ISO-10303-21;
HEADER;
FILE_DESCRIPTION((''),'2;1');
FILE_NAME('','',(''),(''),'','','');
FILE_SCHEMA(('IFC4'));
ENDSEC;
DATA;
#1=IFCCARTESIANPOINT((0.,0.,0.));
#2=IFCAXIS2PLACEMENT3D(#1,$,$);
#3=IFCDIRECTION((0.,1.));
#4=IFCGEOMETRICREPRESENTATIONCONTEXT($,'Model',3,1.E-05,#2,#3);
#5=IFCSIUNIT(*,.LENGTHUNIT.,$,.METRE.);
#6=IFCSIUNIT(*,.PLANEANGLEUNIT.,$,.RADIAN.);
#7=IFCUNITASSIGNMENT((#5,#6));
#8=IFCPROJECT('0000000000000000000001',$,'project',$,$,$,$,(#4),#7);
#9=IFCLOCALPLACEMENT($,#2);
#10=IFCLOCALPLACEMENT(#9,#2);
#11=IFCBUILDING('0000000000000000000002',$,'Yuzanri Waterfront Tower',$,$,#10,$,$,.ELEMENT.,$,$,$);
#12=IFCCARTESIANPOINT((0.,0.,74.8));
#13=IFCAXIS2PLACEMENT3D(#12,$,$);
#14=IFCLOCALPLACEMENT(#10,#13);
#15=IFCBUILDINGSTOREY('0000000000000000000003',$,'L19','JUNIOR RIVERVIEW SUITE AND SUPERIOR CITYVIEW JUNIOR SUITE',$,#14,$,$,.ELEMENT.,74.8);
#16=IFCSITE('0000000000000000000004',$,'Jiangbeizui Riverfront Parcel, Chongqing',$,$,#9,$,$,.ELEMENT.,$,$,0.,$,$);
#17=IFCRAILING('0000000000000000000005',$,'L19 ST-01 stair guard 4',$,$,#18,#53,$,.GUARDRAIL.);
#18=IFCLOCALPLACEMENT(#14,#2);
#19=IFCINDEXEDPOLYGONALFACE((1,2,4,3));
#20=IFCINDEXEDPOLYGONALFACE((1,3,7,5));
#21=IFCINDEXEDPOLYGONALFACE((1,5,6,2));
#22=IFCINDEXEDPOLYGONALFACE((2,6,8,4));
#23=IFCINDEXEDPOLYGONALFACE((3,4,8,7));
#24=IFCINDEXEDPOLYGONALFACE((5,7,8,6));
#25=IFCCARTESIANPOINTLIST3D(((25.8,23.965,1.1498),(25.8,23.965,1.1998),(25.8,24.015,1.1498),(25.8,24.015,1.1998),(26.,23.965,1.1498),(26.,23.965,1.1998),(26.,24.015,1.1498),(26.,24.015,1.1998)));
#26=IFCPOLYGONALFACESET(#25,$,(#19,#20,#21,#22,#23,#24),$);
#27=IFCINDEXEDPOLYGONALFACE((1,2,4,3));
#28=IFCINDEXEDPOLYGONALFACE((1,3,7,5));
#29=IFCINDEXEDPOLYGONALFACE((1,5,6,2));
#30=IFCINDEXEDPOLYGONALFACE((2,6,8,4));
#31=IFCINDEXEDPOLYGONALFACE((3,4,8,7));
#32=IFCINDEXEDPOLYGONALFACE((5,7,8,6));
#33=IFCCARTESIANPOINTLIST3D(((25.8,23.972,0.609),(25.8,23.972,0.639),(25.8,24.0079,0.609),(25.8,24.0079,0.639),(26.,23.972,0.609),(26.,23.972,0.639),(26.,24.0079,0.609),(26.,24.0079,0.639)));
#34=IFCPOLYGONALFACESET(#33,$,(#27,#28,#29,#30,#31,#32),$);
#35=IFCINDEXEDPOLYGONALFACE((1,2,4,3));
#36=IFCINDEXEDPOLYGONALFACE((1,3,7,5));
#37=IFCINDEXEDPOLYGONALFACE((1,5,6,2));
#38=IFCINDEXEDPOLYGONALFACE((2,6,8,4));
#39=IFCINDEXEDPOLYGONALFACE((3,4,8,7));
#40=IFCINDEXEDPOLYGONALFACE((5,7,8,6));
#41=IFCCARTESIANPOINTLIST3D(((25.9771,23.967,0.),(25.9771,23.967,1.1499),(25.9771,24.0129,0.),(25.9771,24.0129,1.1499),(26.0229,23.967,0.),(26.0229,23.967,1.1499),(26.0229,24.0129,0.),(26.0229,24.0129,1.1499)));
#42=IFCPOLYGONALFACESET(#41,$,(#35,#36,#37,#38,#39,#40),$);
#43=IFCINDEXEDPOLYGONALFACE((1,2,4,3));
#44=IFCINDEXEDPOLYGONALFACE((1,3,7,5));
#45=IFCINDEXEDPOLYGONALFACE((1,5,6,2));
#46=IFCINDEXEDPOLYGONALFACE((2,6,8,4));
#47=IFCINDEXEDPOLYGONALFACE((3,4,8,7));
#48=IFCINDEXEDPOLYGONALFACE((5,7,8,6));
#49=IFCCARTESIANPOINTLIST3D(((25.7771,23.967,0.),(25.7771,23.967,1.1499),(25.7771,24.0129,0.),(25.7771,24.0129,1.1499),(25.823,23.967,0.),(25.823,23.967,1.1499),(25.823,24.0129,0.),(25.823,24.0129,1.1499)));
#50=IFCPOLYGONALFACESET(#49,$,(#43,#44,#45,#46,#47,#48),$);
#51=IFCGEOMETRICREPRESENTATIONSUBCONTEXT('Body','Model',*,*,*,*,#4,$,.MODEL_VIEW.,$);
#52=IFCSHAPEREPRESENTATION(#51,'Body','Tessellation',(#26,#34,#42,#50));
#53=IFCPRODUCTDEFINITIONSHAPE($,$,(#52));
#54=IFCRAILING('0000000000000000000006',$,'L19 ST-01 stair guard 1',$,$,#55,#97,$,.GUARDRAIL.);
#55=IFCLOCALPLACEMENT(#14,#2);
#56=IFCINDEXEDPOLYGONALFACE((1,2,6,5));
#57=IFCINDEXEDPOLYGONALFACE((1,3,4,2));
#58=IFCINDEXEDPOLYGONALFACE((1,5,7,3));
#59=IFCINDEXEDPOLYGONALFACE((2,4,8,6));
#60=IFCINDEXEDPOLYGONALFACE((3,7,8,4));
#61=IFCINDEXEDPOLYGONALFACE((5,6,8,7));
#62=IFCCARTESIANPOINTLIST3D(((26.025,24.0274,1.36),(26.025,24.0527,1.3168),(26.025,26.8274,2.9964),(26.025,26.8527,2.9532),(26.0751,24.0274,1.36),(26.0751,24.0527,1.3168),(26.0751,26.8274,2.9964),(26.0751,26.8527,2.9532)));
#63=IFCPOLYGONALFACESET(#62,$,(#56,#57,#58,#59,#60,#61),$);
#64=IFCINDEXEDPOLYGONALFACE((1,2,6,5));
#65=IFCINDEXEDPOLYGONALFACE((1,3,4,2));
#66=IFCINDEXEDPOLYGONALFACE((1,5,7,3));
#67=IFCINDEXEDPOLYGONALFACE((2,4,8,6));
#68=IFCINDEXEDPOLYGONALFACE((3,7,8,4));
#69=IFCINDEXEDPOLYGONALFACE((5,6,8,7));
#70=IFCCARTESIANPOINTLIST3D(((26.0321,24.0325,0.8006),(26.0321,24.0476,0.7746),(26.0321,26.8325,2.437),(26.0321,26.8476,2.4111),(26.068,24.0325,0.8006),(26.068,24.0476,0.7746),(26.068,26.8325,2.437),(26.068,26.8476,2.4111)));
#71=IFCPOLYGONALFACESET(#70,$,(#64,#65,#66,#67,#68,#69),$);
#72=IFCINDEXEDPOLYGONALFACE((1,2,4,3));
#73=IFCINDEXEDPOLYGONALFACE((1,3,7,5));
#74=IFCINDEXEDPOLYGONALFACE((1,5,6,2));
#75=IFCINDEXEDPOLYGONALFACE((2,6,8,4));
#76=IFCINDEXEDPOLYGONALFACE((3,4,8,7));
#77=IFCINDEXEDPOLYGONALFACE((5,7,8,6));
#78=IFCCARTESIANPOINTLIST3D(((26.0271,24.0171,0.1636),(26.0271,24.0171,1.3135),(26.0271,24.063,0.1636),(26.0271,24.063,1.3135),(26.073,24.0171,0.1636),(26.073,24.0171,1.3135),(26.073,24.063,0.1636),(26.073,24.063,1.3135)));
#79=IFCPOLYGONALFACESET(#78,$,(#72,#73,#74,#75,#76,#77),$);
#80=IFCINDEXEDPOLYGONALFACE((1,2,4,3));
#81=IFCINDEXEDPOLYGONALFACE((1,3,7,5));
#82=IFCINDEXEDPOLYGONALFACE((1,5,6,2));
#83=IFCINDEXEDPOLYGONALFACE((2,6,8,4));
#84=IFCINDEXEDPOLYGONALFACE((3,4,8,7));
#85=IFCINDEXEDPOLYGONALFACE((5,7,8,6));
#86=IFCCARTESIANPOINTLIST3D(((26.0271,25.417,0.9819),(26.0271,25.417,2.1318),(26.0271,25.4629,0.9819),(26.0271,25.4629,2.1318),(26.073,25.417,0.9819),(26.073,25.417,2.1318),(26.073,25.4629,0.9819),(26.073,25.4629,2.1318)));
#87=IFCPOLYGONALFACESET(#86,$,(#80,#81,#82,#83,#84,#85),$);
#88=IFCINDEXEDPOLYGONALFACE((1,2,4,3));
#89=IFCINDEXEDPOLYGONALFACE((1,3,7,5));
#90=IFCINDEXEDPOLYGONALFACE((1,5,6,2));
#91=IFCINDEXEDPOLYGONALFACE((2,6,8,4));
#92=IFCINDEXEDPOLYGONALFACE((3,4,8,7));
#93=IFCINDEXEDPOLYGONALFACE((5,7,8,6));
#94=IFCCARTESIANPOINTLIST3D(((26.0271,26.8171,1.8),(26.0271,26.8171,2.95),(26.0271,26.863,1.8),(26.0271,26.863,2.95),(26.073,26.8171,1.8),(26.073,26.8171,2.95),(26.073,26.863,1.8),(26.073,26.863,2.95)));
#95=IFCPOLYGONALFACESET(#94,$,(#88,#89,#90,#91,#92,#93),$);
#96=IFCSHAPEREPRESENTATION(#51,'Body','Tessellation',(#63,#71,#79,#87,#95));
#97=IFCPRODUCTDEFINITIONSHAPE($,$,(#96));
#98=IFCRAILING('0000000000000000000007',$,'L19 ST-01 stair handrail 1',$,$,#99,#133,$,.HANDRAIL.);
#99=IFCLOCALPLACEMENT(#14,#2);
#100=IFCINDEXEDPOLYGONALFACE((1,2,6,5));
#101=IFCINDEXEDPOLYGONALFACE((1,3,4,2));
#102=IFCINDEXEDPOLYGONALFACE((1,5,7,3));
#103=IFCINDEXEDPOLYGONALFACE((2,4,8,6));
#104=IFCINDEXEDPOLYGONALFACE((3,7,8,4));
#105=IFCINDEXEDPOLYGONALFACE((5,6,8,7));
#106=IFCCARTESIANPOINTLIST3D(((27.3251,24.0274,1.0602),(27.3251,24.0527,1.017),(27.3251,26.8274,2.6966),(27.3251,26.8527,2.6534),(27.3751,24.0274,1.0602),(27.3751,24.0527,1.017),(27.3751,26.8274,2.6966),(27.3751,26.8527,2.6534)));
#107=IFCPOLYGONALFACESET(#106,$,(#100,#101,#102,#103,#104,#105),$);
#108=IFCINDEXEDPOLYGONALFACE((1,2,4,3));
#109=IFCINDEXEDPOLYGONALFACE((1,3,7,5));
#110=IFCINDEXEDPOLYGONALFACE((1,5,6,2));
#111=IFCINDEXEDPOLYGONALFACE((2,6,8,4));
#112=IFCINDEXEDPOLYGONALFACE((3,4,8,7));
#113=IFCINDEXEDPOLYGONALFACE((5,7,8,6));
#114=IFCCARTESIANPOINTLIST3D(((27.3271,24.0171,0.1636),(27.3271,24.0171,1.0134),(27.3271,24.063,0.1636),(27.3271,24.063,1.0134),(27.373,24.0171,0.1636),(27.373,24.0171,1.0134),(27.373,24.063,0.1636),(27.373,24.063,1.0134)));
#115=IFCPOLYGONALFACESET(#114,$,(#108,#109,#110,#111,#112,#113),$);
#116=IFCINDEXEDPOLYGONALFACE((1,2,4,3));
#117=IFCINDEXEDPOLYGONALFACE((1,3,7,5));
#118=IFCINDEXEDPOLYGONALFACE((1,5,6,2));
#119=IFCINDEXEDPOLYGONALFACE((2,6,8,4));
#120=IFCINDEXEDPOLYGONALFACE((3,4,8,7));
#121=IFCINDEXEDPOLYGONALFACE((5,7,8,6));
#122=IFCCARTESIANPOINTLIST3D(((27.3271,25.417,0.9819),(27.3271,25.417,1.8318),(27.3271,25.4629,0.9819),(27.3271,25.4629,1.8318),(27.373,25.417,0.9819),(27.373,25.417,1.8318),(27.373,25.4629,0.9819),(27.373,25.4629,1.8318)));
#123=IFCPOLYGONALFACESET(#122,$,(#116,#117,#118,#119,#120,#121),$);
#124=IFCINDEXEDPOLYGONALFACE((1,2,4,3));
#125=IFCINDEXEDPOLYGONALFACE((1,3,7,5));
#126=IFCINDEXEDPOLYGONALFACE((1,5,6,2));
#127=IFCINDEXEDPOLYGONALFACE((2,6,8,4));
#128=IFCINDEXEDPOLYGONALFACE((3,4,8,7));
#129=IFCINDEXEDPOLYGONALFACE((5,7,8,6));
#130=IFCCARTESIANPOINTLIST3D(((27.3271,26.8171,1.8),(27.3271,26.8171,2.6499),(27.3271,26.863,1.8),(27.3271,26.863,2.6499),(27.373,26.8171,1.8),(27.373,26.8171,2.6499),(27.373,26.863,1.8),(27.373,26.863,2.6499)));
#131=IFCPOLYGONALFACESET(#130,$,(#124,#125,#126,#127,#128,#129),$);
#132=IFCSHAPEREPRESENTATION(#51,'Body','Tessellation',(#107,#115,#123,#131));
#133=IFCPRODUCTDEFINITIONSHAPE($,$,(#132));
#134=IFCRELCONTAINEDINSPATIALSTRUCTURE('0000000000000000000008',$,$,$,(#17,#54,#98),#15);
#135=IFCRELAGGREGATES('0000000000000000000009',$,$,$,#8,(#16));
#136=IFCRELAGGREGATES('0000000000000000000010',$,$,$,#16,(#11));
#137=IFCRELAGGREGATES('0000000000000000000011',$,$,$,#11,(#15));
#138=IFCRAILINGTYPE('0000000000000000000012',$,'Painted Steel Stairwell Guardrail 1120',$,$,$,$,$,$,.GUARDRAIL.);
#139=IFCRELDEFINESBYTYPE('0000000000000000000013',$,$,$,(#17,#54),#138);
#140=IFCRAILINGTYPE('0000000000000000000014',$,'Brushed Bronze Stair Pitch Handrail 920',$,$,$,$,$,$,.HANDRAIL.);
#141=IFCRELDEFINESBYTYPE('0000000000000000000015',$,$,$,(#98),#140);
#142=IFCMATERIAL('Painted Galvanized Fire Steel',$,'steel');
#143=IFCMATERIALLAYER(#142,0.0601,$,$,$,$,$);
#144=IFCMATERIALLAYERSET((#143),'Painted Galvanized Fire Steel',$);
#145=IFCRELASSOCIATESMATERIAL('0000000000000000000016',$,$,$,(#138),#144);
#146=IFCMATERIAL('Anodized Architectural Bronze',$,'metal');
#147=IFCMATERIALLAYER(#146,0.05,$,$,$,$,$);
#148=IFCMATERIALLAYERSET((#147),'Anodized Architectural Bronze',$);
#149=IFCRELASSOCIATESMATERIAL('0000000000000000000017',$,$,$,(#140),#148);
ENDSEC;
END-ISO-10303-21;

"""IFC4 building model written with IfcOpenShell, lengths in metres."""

from ifc_helpers import new_model, si_unit, direction, frame, origin, origin_2d, place, context, subcontext, project, spatial, rectangle, extrude, source, transform, mapped, material, layer, layer_set, type_object, element, save


model = new_model("IFC4")

# Units and contexts
model_context = context("Model", 3, precision=1e-05, world=origin(), true_north=direction((0.0, 1.0)))
body_context = subcontext(model_context, "Body", "Model", "MODEL_VIEW")
ifc_project = project(units=[si_unit("LENGTHUNIT", "METRE"), si_unit("PLANEANGLEUNIT", "RADIAN")], contexts=[model_context])

# Site, building, storey
site_placement = place(None, origin())
site = spatial("IfcSite", under=ifc_project, at=site_placement, Name="Jiangbeizui Riverfront Parcel, Chongqing", CompositionType="ELEMENT", RefElevation=0.0)
building_placement = place(site_placement, origin())
building = spatial("IfcBuilding", under=site, at=building_placement, Name="Yuzanri Waterfront Tower", CompositionType="ELEMENT")
storey_placement = place(building_placement, frame((0.0, 0.0, 74.8)))
storey = spatial("IfcBuildingStorey", under=building, at=storey_placement, Name="L19", Description="JUNIOR RIVERVIEW SUITE AND SUPERIOR CITYVIEW JUNIOR SUITE", CompositionType="ELEMENT", Elevation=74.8)

# Railings
ifc_material_1 = material(Name="Painted Galvanized Fire Steel", Category="steel")
ifc_layer_1 = layer(ifc_material_1, 0.0601)
ifc_layer_set_1 = layer_set([ifc_layer_1], Name="Painted Galvanized Fire Steel")
railing_type_1 = type_object("IfcRailingType", Name="Painted Steel Stairwell Guardrail 1120", PredefinedType="GUARDRAIL", material=ifc_layer_set_1)
shared_shape_1 = source(origin(), body_context, "Body", "SweptSolid", [
    extrude(rectangle(XDim=0.05, YDim=0.05, at=origin_2d()), frame((0.0, 0.0, 1.1748), z_axis=(-1.0, 0.0, 0.0), x_axis=(0.0, -1.0, 0.0)), (0.0, 0.0, 1.0), 0.2),
    extrude(rectangle(XDim=0.0359, YDim=0.03, at=origin_2d()), frame((0.0, 0.0, 0.624), z_axis=(-1.0, 0.0, 0.0), x_axis=(0.0, -1.0, 0.0)), (0.0, 0.0, 1.0), 0.2),
    extrude(rectangle(XDim=0.0459, YDim=0.0459, at=origin_2d()), origin(), (0.0, 0.0, 1.0), 1.1499),
    extrude(rectangle(XDim=0.0459, YDim=0.0459, at=origin_2d()), frame((-0.2, 0.0, 0.0)), (0.0, 0.0, 1.0), 1.1499),
])
railing_1_placement = place(storey_placement, frame((26.0, 23.99, 0.0)))
element("IfcRailing", 1, at=railing_1_placement, inside=storey, type_object=railing_type_1, Name="L19 ST-01 stair guard 4", PredefinedType="GUARDRAIL", context=body_context, shape_type="MappedRepresentation", body=[
    mapped(shared_shape_1, transform((0.0, 0.0, 0.0), scale=1.0)),
])
shared_shape_2 = source(origin(), body_context, "Body", "SweptSolid", [
    extrude(rectangle(XDim=0.05, YDim=0.05, at=origin_2d()), frame((0.0, 0.0, 1.1748), z_axis=(0.0, 0.863361, 0.504587), x_axis=(-1.0, 0.0, 0.0)), (0.0, 0.0, 1.0), 3.2432),
    extrude(rectangle(XDim=0.0359, YDim=0.03, at=origin_2d()), frame((0.0, 0.0, 0.624), z_axis=(0.0, 0.863361, 0.504587), x_axis=(-1.0, 0.0, 0.0)), (0.0, 0.0, 1.0), 3.2432),
    extrude(rectangle(XDim=0.0459, YDim=0.0459, at=origin_2d()), origin(), (0.0, 0.0, 1.0), 1.1499),
    extrude(rectangle(XDim=0.0459, YDim=0.0459, at=origin_2d()), frame((0.0, 1.3999, 0.8184)), (0.0, 0.0, 1.0), 1.1499),
    extrude(rectangle(XDim=0.0459, YDim=0.0459, at=origin_2d()), frame((0.0, 2.8, 1.6365)), (0.0, 0.0, 1.0), 1.1499),
])
railing_2_placement = place(storey_placement, frame((26.05, 24.04, 0.1636)))
element("IfcRailing", 2, at=railing_2_placement, inside=storey, type_object=railing_type_1, Name="L19 ST-01 stair guard 1", PredefinedType="GUARDRAIL", context=body_context, shape_type="MappedRepresentation", body=[
    mapped(shared_shape_2, transform((0.0, 0.0, 0.0), scale=1.0)),
])
ifc_material_2 = material(Name="Anodized Architectural Bronze", Category="metal")
ifc_layer_2 = layer(ifc_material_2, 0.05)
ifc_layer_set_2 = layer_set([ifc_layer_2], Name="Anodized Architectural Bronze")
railing_type_2 = type_object("IfcRailingType", Name="Brushed Bronze Stair Pitch Handrail 920", PredefinedType="HANDRAIL", material=ifc_layer_set_2)
shared_shape_3 = source(origin(), body_context, "Body", "SweptSolid", [
    extrude(rectangle(XDim=0.05, YDim=0.05, at=origin_2d()), frame((0.0, 0.0, 0.875), z_axis=(0.0, 0.863361, 0.504587), x_axis=(-1.0, 0.0, 0.0)), (0.0, 0.0, 1.0), 3.2432),
    extrude(rectangle(XDim=0.0459, YDim=0.0459, at=origin_2d()), origin(), (0.0, 0.0, 1.0), 0.8499),
    extrude(rectangle(XDim=0.0459, YDim=0.0459, at=origin_2d()), frame((0.0, 1.3999, 0.8184)), (0.0, 0.0, 1.0), 0.8499),
    extrude(rectangle(XDim=0.0459, YDim=0.0459, at=origin_2d()), frame((0.0, 2.8, 1.6365)), (0.0, 0.0, 1.0), 0.8499),
])
railing_3_placement = place(storey_placement, frame((27.3501, 24.04, 0.1636)))
element("IfcRailing", 3, at=railing_3_placement, inside=storey, type_object=railing_type_2, Name="L19 ST-01 stair handrail 1", PredefinedType="HANDRAIL", context=body_context, shape_type="MappedRepresentation", body=[
    mapped(shared_shape_3, transform((0.0, 0.0, 0.0), scale=1.0)),
])

save(model, "model.ifc")
